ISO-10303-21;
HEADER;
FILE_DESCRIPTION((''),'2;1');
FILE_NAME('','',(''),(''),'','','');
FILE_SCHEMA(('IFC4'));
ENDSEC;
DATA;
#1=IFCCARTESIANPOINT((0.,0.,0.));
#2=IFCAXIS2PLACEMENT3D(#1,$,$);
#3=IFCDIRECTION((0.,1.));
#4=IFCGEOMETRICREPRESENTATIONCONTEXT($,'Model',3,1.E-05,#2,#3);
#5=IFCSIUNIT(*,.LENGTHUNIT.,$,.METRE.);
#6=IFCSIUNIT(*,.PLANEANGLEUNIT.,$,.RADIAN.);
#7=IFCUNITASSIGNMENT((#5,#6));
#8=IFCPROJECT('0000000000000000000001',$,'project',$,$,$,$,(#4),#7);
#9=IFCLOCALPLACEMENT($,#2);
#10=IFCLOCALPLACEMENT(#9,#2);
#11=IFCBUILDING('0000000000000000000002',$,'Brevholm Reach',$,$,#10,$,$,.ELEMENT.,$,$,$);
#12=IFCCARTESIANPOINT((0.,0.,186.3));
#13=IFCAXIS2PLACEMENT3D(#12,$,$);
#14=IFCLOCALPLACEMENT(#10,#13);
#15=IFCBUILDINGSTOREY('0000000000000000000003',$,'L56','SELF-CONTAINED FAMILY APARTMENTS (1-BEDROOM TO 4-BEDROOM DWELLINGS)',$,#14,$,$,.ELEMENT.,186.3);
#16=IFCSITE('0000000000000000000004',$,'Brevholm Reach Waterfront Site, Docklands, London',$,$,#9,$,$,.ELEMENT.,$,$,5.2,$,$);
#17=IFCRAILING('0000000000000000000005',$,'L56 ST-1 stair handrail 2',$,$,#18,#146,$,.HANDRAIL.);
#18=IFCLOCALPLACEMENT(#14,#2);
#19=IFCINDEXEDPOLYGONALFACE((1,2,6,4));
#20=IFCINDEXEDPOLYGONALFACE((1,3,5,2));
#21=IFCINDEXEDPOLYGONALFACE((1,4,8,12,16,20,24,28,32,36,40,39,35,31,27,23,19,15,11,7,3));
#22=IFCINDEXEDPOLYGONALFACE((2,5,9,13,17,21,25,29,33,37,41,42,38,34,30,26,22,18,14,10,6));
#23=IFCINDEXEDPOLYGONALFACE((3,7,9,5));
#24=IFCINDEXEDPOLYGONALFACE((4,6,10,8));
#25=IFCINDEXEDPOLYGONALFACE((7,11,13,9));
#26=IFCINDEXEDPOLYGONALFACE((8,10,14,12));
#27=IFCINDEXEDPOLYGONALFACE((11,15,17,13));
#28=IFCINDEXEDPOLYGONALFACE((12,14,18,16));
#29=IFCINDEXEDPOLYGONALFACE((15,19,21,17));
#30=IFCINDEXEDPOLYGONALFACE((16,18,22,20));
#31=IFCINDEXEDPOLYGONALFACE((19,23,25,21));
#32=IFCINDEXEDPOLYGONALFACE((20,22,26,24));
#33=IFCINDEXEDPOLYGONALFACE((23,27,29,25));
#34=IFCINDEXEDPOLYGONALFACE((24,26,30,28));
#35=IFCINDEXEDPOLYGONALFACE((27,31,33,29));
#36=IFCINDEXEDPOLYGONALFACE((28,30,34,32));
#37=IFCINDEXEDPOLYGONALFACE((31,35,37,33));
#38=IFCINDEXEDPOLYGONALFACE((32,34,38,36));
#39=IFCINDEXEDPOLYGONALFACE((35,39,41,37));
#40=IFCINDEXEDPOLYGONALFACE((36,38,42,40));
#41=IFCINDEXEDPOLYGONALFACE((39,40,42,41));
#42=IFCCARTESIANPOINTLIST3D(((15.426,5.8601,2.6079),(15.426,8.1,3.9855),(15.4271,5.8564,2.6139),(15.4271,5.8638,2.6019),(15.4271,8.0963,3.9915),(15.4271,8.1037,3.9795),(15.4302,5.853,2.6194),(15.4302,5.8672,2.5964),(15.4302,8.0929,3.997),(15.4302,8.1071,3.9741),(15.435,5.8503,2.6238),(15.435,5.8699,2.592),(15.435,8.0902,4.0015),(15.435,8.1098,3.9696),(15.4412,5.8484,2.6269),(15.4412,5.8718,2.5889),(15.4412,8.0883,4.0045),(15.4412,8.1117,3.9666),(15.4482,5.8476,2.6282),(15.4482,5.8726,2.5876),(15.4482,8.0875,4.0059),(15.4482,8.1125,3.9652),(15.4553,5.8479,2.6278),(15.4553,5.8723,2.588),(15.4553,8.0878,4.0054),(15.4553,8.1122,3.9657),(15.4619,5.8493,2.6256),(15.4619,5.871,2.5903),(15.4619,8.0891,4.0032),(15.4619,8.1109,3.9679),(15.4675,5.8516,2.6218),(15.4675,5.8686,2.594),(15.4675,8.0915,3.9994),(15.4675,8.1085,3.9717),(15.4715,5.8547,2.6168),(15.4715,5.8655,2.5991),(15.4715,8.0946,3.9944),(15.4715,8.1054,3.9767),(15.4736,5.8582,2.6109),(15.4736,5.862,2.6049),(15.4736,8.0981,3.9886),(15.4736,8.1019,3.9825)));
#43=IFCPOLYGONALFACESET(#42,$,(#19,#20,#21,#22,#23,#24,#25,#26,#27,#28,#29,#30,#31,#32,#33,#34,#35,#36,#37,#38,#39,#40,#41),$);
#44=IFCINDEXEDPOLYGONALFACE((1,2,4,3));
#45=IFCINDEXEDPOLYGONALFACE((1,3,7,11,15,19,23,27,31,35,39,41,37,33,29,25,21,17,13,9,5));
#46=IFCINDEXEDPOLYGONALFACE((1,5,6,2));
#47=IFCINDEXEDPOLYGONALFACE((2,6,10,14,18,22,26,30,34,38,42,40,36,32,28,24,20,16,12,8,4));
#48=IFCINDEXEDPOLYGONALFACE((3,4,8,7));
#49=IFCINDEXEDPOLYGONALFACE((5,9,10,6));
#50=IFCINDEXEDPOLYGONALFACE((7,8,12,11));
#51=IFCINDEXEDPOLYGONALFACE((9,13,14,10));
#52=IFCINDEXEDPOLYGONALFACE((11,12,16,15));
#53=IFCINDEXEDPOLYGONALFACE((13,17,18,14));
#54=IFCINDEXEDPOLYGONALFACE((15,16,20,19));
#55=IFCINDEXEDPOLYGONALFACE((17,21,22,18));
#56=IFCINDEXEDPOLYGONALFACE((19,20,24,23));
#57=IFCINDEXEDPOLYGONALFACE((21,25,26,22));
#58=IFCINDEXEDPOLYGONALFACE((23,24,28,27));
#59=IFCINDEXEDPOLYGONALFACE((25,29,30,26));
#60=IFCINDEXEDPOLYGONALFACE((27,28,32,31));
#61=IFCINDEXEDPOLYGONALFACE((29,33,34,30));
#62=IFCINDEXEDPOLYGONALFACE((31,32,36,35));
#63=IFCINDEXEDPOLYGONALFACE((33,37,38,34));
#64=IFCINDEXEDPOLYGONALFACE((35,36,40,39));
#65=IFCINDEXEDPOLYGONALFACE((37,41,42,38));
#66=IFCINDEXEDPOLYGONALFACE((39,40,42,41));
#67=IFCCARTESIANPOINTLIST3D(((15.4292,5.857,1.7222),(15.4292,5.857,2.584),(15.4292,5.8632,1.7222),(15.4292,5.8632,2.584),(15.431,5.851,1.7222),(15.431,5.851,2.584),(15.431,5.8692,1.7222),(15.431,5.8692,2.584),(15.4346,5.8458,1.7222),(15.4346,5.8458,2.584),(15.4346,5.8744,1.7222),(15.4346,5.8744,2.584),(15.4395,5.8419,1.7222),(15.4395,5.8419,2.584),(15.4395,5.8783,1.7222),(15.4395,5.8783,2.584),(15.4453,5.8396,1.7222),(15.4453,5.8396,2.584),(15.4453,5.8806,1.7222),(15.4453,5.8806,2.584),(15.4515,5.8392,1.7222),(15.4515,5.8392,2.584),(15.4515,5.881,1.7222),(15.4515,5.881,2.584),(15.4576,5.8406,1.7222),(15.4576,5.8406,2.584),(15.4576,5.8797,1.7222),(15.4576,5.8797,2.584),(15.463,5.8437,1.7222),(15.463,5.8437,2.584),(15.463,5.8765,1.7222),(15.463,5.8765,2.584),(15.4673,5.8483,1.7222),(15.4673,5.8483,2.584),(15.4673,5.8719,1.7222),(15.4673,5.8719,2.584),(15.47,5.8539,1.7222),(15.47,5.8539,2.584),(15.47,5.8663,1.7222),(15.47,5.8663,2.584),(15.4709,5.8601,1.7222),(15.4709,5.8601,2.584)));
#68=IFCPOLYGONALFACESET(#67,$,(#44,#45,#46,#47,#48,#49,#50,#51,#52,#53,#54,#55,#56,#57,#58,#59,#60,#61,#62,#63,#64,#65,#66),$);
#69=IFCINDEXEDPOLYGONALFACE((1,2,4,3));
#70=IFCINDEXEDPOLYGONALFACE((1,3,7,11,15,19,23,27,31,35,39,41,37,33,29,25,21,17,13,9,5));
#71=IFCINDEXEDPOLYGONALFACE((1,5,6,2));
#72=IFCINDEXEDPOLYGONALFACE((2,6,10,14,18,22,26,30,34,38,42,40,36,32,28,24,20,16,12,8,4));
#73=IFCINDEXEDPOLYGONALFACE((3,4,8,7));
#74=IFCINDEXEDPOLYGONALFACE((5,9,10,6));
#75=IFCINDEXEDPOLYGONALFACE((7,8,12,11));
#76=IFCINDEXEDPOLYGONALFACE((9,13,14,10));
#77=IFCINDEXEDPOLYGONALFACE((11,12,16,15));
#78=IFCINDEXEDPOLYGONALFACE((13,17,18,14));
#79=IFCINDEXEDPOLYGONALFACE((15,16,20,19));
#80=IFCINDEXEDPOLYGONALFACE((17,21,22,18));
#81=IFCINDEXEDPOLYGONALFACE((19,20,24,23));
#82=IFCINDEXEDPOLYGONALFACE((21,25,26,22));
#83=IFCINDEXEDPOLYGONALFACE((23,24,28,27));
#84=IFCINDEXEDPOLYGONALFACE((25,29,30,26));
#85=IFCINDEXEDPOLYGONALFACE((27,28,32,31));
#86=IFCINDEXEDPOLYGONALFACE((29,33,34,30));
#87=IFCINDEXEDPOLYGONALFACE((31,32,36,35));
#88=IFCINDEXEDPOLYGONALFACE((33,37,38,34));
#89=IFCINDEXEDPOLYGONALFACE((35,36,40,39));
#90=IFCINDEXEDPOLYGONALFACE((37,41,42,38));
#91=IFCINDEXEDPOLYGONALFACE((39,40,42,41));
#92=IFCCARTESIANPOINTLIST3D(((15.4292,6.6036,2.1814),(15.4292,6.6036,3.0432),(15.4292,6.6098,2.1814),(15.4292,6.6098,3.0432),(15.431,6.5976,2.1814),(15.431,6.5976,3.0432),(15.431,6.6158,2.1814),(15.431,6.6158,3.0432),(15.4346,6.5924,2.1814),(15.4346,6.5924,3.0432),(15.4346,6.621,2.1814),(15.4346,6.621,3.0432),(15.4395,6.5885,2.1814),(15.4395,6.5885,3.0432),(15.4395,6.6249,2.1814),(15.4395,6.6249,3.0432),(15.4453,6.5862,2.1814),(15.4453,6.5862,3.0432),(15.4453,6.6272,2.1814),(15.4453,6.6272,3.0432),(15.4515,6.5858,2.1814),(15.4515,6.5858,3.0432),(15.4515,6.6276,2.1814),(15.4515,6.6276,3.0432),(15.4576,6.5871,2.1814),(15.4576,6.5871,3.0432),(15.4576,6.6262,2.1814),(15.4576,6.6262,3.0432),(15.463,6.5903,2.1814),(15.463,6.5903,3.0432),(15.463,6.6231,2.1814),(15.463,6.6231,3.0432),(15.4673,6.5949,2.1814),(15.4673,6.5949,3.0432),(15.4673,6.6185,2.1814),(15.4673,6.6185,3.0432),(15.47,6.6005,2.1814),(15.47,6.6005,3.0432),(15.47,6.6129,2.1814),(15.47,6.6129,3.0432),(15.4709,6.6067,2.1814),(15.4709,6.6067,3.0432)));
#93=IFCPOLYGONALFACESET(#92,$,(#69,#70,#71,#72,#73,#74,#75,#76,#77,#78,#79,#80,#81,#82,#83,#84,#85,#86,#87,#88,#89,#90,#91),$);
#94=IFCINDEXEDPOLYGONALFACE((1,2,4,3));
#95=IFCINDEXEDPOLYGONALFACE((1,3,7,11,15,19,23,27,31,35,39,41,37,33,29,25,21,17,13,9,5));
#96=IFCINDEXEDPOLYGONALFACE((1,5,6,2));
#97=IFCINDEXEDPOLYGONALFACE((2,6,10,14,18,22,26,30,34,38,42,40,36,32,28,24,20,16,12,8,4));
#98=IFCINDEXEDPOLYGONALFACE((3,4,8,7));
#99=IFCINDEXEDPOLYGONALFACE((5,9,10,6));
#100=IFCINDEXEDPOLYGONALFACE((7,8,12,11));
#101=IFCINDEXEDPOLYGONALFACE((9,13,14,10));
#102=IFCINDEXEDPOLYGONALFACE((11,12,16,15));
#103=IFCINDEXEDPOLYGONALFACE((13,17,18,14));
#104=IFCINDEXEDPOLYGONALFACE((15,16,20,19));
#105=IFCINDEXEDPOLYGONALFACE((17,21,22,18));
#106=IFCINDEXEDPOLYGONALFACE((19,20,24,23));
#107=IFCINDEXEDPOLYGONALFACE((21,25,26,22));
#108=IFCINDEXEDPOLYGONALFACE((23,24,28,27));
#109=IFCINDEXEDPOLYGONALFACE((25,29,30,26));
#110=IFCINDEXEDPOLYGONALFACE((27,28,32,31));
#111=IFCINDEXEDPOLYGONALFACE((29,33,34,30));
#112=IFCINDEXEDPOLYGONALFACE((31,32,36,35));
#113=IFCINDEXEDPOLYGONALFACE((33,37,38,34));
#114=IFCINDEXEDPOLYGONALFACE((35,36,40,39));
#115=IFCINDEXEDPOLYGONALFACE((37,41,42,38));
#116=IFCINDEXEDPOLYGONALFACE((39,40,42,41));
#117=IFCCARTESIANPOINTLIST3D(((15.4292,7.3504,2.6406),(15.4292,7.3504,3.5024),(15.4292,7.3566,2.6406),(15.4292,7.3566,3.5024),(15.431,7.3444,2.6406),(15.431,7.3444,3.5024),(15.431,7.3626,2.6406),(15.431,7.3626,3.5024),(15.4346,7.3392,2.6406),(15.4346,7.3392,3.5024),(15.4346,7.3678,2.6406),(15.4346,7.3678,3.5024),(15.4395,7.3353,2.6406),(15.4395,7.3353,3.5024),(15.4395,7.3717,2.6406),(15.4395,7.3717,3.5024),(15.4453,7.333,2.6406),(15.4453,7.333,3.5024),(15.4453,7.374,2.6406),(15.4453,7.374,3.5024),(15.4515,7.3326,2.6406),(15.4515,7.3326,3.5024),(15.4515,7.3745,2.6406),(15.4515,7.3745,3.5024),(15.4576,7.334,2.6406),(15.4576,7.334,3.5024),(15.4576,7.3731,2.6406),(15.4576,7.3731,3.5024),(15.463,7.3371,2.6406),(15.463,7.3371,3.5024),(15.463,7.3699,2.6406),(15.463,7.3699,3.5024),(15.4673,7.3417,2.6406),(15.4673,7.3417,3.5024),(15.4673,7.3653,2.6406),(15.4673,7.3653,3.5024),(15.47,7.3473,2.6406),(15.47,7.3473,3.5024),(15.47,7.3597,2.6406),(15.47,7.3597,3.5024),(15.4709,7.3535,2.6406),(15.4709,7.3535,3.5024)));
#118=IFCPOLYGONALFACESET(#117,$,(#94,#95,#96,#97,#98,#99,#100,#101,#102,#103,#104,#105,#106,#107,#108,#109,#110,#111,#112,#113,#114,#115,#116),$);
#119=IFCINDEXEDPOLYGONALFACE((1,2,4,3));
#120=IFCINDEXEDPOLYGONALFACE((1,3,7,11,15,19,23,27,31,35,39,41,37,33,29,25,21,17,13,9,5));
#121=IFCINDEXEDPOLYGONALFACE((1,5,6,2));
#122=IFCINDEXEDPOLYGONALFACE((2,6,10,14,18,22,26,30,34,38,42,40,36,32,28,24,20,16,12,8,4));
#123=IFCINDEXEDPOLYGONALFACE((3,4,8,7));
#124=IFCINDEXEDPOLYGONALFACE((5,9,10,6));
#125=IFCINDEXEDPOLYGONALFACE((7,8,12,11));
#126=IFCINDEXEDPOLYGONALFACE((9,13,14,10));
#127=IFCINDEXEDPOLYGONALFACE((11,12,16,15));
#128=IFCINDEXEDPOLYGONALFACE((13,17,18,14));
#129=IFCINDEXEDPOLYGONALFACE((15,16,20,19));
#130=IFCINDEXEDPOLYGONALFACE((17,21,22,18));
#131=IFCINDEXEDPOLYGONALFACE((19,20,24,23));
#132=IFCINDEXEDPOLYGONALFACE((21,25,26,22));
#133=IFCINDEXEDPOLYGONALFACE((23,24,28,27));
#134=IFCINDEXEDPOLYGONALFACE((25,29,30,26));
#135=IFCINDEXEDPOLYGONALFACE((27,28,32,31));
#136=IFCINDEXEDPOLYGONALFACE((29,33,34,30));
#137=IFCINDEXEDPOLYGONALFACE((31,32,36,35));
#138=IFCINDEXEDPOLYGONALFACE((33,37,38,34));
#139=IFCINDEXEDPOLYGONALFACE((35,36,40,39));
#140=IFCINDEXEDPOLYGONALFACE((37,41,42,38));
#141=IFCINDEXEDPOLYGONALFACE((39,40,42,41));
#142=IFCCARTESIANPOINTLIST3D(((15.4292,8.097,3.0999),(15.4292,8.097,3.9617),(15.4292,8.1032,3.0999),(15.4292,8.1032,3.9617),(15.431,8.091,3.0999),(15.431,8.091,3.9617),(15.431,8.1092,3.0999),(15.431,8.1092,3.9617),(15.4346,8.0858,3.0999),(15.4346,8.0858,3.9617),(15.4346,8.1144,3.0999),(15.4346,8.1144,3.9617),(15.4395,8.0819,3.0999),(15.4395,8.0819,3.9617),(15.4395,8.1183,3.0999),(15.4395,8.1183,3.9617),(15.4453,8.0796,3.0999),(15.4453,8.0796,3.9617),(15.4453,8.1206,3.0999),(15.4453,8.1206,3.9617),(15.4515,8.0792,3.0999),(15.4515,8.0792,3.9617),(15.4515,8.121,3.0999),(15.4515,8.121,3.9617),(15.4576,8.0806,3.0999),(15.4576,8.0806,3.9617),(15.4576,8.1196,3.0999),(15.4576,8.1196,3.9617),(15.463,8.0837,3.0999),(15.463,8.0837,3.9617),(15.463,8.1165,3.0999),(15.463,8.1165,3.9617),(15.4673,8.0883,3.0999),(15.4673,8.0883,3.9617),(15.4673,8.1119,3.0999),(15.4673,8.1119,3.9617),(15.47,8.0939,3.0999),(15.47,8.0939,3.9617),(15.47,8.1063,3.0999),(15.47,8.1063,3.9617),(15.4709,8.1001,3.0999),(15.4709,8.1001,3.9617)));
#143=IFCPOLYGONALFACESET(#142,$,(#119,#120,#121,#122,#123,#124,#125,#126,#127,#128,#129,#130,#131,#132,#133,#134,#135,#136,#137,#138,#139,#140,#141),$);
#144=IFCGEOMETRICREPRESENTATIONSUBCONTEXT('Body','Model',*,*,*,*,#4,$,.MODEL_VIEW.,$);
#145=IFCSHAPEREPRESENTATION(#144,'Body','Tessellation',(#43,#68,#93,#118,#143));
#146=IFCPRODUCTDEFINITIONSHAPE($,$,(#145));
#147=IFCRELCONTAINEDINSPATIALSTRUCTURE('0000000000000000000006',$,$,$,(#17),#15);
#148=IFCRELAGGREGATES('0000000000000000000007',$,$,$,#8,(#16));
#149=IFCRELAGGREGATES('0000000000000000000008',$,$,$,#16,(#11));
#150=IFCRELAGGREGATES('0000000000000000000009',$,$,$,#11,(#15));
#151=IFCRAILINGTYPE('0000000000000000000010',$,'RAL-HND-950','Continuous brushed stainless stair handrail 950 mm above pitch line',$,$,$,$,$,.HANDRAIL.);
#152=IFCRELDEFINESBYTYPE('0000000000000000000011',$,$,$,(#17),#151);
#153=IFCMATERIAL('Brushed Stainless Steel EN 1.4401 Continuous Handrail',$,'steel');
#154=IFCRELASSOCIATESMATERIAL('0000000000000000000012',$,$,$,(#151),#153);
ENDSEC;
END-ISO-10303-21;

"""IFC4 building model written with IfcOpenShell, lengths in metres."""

from ifc_helpers import new_model, si_unit, direction, frame, origin, origin_2d, place, context, subcontext, project, spatial, circle, extrude, material, type_object, element, save


model = new_model("IFC4")

# Units and contexts
model_context = context("Model", 3, precision=1e-05, world=origin(), true_north=direction((0.0, 1.0)))
body_context = subcontext(model_context, "Body", "Model", "MODEL_VIEW")
ifc_project = project(units=[si_unit("LENGTHUNIT", "METRE"), si_unit("PLANEANGLEUNIT", "RADIAN")], contexts=[model_context])

# Site, building, storey
site_placement = place(None, origin())
site = spatial("IfcSite", under=ifc_project, at=site_placement, Name="Brevholm Reach Waterfront Site, Docklands, London", CompositionType="ELEMENT", RefElevation=5.2)
building_placement = place(site_placement, origin())
building = spatial("IfcBuilding", under=site, at=building_placement, Name="Brevholm Reach", CompositionType="ELEMENT")
storey_placement = place(building_placement, frame((0.0, 0.0, 186.3)))
storey = spatial("IfcBuildingStorey", under=building, at=storey_placement, Name="L56", Description="SELF-CONTAINED FAMILY APARTMENTS (1-BEDROOM TO 4-BEDROOM DWELLINGS)", CompositionType="ELEMENT", Elevation=186.3)

# Railing
ifc_material_1 = material(Name="Brushed Stainless Steel EN 1.4401 Continuous Handrail", Category="steel")
railing_type_1 = type_object("IfcRailingType", Name="RAL-HND-950", Description="Continuous brushed stainless stair handrail 950 mm above pitch line", PredefinedType="HANDRAIL", material=ifc_material_1)
railing_1_placement = place(storey_placement, frame((15.45, 5.8601, 1.7222)))
element("IfcRailing", 1, at=railing_1_placement, inside=storey, type_object=railing_type_1, Name="L56 ST-1 stair handrail 2", PredefinedType="HANDRAIL", context=body_context, shape_type="SweptSolid", body=[
    extrude(circle(Radius=0.0239, at=origin_2d()), frame((0.0, 0.0, 0.8857), z_axis=(0.0, 0.851789, 0.523885), x_axis=(-1.0, 0.0, 0.0)), (0.0, 0.0, 1.0), 2.6296),
    extrude(circle(Radius=0.021, at=origin_2d()), origin(), (0.0, 0.0, 1.0), 0.8618),
    extrude(circle(Radius=0.021, at=origin_2d()), frame((0.0, 0.7466, 0.4592)), (0.0, 0.0, 1.0), 0.8618),
    extrude(circle(Radius=0.021, at=origin_2d()), frame((0.0, 1.4934, 0.9185)), (0.0, 0.0, 1.0), 0.8618),
    extrude(circle(Radius=0.021, at=origin_2d()), frame((0.0, 2.24, 1.3777)), (0.0, 0.0, 1.0), 0.8618),
])

save(model, "model.ifc")
